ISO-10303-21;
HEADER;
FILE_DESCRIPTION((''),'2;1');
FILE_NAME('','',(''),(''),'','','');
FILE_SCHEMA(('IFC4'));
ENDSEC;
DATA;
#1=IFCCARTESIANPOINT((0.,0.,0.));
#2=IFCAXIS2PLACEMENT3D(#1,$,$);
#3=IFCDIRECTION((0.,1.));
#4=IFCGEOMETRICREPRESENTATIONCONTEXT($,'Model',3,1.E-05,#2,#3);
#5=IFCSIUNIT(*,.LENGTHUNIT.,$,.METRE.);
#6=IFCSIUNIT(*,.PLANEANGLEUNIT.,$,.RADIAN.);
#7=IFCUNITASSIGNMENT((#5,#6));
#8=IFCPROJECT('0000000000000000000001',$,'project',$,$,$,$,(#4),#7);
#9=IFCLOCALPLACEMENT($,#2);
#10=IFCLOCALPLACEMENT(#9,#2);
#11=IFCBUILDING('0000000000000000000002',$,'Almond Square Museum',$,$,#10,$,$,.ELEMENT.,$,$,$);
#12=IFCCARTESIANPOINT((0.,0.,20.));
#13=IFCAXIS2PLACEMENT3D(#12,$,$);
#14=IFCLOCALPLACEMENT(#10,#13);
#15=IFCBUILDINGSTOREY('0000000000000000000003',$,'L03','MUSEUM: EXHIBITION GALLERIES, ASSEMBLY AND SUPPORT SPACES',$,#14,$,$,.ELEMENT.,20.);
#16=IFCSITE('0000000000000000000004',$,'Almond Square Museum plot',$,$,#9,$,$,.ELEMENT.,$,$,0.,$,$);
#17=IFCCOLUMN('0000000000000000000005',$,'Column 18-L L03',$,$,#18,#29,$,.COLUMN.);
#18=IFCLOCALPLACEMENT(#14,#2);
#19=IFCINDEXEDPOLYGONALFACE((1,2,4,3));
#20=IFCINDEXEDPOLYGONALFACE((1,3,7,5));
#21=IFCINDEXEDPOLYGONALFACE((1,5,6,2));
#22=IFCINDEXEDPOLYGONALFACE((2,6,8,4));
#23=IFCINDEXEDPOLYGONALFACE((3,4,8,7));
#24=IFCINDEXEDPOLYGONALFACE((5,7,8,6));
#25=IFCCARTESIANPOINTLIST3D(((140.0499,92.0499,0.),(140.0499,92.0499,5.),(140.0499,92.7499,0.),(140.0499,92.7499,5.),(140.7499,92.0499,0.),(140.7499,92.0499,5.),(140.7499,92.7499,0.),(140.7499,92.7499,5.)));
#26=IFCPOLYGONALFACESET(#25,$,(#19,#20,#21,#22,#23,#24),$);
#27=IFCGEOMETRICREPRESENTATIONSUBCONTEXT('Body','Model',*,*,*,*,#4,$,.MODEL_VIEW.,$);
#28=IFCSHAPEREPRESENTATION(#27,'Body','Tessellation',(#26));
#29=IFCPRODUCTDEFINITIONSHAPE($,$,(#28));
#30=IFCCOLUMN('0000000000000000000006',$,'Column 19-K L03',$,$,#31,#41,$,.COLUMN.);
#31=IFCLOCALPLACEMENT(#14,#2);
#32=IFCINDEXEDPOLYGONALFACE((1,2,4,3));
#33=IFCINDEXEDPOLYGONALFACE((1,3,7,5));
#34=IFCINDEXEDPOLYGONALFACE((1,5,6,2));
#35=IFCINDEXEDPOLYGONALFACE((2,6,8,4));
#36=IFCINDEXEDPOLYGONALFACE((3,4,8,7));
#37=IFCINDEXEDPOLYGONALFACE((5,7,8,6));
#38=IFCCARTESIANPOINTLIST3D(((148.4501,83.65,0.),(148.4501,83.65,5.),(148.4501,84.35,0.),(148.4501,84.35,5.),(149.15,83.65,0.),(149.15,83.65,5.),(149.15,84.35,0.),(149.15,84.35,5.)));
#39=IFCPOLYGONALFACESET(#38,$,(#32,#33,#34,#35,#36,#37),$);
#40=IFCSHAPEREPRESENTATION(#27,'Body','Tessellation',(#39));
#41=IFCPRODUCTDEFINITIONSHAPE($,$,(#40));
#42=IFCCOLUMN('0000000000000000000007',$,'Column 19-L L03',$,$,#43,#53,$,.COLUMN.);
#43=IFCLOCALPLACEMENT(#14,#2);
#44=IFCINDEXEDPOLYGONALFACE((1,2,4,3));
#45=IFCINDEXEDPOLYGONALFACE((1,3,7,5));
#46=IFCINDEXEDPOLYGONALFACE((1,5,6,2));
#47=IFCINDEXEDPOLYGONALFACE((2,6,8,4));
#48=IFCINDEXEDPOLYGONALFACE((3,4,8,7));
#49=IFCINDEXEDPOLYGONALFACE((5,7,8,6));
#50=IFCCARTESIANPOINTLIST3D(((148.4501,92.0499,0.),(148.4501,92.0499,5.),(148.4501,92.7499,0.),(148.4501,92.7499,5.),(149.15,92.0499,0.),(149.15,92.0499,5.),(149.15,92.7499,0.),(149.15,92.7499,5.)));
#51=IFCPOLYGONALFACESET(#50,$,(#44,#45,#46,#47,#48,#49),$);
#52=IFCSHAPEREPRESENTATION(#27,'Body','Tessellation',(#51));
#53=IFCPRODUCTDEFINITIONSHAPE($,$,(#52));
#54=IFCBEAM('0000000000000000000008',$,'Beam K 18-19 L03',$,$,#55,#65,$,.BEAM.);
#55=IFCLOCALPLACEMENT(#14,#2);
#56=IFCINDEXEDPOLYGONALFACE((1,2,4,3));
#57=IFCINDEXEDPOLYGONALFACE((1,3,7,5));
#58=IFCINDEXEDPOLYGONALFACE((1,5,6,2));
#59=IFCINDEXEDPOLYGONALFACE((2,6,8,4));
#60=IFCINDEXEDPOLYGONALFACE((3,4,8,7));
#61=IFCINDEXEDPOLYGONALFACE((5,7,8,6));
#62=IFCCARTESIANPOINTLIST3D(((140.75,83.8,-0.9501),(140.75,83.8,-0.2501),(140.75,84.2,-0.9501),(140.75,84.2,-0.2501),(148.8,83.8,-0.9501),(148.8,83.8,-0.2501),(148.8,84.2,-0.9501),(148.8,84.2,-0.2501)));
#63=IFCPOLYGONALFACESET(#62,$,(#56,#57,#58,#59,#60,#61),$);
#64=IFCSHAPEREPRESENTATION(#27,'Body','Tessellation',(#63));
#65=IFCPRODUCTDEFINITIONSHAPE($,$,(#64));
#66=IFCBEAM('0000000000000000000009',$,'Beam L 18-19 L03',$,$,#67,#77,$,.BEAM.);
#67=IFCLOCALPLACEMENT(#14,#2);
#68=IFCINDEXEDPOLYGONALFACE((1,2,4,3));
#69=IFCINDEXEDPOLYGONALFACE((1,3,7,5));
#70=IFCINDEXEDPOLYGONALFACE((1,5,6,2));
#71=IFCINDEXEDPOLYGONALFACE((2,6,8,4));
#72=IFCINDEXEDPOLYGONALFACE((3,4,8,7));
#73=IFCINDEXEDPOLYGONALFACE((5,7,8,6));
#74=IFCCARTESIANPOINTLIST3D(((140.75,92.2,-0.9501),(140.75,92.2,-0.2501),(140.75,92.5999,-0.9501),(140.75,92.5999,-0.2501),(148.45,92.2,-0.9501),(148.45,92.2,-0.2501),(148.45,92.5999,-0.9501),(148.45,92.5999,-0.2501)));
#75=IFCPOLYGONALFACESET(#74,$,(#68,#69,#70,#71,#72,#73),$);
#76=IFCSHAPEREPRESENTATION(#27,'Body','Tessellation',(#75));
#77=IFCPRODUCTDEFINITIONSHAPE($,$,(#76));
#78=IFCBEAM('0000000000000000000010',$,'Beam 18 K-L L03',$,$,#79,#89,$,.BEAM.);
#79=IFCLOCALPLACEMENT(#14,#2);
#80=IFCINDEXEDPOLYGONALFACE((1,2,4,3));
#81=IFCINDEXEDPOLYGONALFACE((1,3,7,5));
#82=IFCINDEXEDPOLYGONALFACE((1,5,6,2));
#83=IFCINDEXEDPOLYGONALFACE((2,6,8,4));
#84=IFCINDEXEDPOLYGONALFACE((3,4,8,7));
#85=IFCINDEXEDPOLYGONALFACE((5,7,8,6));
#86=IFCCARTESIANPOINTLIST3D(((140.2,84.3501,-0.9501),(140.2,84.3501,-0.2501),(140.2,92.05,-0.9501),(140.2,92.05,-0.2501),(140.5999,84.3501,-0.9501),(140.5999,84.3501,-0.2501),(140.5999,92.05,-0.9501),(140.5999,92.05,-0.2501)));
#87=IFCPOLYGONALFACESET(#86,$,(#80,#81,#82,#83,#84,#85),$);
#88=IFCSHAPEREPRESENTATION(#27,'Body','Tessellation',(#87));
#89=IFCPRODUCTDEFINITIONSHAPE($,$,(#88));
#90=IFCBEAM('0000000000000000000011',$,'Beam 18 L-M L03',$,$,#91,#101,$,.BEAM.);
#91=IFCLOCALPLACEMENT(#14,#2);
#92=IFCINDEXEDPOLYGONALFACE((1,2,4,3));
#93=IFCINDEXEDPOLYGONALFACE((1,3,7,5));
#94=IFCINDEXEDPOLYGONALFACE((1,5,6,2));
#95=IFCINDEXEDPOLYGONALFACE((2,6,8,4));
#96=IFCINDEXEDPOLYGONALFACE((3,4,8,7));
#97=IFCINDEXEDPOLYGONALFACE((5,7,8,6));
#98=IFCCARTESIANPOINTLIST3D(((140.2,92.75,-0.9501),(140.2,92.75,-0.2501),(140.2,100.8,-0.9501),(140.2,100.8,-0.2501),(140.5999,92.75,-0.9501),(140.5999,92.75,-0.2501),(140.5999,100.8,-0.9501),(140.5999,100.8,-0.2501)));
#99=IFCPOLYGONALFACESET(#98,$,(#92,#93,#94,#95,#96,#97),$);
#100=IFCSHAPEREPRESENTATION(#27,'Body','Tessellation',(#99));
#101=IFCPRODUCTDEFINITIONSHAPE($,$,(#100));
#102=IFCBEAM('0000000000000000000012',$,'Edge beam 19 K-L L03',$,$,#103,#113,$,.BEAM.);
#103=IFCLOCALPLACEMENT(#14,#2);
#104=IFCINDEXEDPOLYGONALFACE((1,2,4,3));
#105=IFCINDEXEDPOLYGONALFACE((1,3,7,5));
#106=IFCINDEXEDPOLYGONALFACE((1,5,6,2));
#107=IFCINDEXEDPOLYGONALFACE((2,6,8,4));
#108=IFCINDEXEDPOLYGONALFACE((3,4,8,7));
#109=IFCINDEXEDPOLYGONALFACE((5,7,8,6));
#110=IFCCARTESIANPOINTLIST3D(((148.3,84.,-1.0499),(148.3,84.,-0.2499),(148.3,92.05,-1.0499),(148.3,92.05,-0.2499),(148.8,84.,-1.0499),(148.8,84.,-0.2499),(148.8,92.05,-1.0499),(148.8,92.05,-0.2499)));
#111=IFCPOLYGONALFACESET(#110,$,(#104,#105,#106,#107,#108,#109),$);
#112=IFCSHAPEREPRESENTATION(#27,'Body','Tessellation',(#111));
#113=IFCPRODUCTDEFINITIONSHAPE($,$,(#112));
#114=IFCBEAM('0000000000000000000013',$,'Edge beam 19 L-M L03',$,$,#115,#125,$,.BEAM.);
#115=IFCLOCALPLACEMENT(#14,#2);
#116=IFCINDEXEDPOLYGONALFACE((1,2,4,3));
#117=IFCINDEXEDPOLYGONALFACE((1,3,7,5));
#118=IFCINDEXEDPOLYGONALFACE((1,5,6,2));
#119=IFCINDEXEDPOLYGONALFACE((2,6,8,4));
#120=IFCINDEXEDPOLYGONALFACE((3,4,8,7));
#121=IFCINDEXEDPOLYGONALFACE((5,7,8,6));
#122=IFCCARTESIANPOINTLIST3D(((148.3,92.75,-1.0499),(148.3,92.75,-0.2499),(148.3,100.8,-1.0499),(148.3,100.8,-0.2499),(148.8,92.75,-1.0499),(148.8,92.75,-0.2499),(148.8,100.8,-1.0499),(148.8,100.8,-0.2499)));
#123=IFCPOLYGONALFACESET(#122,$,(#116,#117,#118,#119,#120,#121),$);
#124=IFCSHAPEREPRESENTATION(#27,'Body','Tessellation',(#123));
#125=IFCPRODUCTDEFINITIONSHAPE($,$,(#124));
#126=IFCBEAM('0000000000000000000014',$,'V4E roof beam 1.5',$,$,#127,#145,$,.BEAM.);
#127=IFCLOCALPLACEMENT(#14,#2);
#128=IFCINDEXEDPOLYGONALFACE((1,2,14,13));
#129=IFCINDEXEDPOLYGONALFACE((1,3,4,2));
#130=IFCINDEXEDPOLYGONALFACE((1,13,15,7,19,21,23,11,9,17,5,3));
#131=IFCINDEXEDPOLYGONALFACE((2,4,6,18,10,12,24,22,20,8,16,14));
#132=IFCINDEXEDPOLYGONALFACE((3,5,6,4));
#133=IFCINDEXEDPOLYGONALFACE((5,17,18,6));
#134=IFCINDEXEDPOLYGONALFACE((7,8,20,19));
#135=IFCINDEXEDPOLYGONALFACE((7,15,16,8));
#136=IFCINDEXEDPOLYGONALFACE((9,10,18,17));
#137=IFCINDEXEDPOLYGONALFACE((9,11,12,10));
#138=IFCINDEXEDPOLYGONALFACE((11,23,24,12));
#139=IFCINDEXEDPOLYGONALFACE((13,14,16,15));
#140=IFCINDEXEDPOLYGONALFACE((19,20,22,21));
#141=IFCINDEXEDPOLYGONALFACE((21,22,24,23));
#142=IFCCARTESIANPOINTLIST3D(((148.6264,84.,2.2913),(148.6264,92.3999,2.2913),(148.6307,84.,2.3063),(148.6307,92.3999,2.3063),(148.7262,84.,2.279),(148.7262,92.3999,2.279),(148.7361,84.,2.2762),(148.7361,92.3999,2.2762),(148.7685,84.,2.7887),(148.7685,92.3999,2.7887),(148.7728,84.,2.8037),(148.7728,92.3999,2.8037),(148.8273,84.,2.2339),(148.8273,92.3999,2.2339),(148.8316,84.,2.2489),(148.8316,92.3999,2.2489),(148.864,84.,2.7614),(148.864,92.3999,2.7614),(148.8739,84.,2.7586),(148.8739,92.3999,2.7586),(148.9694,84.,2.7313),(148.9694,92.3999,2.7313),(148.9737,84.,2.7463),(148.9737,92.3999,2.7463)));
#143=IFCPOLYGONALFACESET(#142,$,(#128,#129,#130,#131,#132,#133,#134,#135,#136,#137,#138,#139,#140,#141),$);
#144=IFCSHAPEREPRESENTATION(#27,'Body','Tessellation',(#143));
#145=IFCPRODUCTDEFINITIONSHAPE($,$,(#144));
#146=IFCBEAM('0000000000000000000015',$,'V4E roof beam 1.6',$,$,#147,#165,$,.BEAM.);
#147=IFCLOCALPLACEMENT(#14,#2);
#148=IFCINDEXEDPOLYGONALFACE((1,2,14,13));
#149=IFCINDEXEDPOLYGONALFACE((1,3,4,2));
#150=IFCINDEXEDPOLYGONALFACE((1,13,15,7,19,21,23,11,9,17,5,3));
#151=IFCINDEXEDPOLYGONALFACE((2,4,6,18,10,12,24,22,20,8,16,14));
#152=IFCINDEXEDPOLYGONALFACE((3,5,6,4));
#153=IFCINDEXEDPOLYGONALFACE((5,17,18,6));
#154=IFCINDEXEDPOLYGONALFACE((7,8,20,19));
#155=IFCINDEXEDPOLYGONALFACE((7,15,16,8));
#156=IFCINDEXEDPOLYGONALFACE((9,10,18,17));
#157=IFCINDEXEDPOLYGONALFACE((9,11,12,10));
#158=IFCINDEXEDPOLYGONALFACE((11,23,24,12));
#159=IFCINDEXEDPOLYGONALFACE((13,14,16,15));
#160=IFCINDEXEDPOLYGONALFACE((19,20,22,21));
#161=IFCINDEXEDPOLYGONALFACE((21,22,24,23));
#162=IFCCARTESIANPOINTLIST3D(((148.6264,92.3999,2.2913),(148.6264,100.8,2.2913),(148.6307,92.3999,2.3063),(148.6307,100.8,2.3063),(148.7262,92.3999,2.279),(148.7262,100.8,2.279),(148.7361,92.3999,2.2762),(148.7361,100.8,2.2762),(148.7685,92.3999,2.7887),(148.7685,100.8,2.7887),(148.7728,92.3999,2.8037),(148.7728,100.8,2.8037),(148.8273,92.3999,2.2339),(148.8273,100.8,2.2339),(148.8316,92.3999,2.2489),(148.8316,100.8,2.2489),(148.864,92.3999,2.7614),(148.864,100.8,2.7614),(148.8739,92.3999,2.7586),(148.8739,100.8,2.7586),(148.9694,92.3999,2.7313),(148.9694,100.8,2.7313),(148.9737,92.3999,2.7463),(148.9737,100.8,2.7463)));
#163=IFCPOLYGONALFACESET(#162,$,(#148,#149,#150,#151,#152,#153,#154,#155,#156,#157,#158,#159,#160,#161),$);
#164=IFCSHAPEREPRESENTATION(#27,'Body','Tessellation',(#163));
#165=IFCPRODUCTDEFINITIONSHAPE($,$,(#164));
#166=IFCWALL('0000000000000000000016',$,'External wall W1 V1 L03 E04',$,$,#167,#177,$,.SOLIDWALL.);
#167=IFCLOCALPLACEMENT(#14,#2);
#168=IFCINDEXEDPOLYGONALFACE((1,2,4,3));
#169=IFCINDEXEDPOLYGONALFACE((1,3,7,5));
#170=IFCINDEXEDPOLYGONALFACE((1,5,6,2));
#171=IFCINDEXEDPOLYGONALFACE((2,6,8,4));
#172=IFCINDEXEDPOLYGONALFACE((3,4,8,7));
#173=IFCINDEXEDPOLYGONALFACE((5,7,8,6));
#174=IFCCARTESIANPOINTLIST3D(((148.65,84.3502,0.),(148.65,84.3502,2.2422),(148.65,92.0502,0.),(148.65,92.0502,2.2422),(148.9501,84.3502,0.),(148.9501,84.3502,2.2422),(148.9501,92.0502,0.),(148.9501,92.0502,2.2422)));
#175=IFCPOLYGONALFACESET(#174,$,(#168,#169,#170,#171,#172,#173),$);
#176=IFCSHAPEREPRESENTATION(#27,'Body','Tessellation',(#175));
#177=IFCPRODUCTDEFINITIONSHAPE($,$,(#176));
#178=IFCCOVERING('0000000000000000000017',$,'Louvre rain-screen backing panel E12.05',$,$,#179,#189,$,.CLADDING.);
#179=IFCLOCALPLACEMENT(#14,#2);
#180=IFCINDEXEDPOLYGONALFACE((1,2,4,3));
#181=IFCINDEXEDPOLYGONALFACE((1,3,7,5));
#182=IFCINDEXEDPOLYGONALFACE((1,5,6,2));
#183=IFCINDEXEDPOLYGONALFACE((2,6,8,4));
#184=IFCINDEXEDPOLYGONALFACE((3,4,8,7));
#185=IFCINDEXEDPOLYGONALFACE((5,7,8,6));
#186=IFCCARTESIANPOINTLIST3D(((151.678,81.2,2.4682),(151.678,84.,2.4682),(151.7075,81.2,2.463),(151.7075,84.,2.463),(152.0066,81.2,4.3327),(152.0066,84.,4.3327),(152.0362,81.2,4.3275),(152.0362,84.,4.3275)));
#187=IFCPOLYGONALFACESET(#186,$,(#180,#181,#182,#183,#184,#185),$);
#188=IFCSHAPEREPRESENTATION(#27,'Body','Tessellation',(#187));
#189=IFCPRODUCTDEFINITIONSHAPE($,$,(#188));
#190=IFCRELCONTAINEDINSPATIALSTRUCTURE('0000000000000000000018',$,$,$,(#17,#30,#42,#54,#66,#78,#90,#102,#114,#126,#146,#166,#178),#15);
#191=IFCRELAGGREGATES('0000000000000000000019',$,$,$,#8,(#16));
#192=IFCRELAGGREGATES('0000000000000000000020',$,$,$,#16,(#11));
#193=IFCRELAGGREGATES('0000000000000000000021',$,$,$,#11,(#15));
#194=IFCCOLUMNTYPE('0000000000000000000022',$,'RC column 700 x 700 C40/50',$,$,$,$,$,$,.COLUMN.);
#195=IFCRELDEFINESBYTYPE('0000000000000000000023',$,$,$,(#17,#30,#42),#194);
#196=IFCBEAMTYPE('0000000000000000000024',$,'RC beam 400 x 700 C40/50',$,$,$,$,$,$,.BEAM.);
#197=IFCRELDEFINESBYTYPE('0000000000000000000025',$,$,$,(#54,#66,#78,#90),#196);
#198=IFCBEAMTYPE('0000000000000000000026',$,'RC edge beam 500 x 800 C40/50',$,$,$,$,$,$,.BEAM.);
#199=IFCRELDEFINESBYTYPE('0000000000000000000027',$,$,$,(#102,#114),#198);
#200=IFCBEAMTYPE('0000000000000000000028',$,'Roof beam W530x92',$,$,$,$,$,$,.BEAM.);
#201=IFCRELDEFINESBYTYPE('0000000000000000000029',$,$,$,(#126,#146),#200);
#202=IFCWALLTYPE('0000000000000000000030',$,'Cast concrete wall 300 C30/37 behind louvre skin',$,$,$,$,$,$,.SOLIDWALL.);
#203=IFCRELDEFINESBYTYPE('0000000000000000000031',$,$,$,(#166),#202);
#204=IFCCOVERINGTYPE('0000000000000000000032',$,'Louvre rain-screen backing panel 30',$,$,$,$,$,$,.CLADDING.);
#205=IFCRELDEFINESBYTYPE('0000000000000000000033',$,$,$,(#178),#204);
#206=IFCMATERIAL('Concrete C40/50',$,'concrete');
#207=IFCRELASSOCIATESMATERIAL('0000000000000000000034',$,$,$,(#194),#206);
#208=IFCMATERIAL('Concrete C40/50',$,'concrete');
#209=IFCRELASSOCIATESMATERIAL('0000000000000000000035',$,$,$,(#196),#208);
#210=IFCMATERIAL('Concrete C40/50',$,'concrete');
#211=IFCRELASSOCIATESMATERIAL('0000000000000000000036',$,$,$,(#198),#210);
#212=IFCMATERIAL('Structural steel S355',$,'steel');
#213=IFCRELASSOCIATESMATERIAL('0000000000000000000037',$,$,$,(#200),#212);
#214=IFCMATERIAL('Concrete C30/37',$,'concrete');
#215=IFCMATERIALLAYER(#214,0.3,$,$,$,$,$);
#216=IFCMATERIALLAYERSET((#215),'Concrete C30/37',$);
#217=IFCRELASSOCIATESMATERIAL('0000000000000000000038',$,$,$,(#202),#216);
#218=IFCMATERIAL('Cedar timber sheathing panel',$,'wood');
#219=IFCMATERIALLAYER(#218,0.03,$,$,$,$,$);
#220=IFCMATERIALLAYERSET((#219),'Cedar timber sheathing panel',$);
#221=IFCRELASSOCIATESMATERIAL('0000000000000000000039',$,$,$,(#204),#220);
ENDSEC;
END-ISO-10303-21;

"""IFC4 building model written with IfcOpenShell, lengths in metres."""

from ifc_helpers import new_model, si_unit, direction, frame, frame_2d, origin, origin_2d, place, context, subcontext, project, spatial, polyline, rectangle, i_section, outline, extrude, material, layer, layer_set, material_profile, profile_set, type_object, element, save


model = new_model("IFC4")

# Units and contexts
model_context = context("Model", 3, precision=1e-05, world=origin(), true_north=direction((0.0, 1.0)))
body_context = subcontext(model_context, "Body", "Model", "MODEL_VIEW")
ifc_project = project(units=[si_unit("LENGTHUNIT", "METRE"), si_unit("PLANEANGLEUNIT", "RADIAN")], contexts=[model_context])

# Site, building, storey
site_placement = place(None, origin())
site = spatial("IfcSite", under=ifc_project, at=site_placement, Name="Almond Square Museum plot", CompositionType="ELEMENT", RefElevation=0.0)
building_placement = place(site_placement, origin())
building = spatial("IfcBuilding", under=site, at=building_placement, Name="Almond Square Museum", CompositionType="ELEMENT")
storey_placement = place(building_placement, frame((0.0, 0.0, 20.0)))
storey = spatial("IfcBuildingStorey", under=building, at=storey_placement, Name="L03", Description="MUSEUM: EXHIBITION GALLERIES, ASSEMBLY AND SUPPORT SPACES", CompositionType="ELEMENT", Elevation=20.0)

# Columns
ifc_material_1 = material(Name="Concrete C40/50", Category="concrete")
ifc_material_profile_1 = material_profile(ifc_material_1, rectangle(XDim=0.7, YDim=0.7, at=origin_2d()))
ifc_profile_set_1 = profile_set([ifc_material_profile_1], Name="Concrete C40/50")
column_type = type_object("IfcColumnType", Name="RC column 700 x 700 C40/50", PredefinedType="COLUMN", material=ifc_profile_set_1)
for number, where, z_axis, x_axis, name in (
    (1, (140.3999, 92.3999, 0.0), (0.0, 0.0, 1.0), (1.0, 0.0, 0.0), "Column 18-L L03"),
    (2, (148.8, 84.0, 0.0), (0.0, 0.0, 1.0), (1.0, 0.0, 0.0), "Column 19-K L03"),
    (3, (148.8, 92.3999, 0.0), (0.0, 0.0, 1.0), (1.0, 0.0, 0.0), "Column 19-L L03"),
):
    element("IfcColumn", number, at=place(storey_placement, frame(where, z_axis=z_axis, x_axis=x_axis)), inside=storey, type_object=column_type, Name=name, PredefinedType="COLUMN", context=body_context, shape_type="SweptSolid", body=[
        extrude(rectangle(XDim=0.7, YDim=0.7, at=origin_2d()), origin(), (0.0, 0.0, 1.0), 5.0),
    ])

# Beams
ifc_material_2 = material(Name="Concrete C40/50", Category="concrete")
ifc_material_profile_2 = material_profile(ifc_material_2, rectangle(XDim=0.3999, YDim=0.7, at=origin_2d()))
ifc_profile_set_2 = profile_set([ifc_material_profile_2], Name="Concrete C40/50")
beam_type_1 = type_object("IfcBeamType", Name="RC beam 400 x 700 C40/50", PredefinedType="BEAM", material=ifc_profile_set_2)
beam_1_placement = place(storey_placement, frame((140.75, 84.0, -0.6001), z_axis=(1.0, 0.0, 0.0), x_axis=(0.0, 1.0, 0.0)))
element("IfcBeam", 4, at=beam_1_placement, inside=storey, type_object=beam_type_1, Name="Beam K 18-19 L03", PredefinedType="BEAM", context=body_context, shape_type="SweptSolid", body=[
    extrude(rectangle(XDim=0.3999, YDim=0.7, at=origin_2d()), origin(), (0.0, 0.0, 1.0), 8.05),
])
for number, where, z_axis, x_axis, name in (
    (5, (140.75, 92.3999, -0.6001), (1.0, 0.0, 0.0), (0.0, 1.0, 0.0), "Beam L 18-19 L03"),
    (6, (140.3999, 84.3501, -0.6001), (0.0, 1.0, 0.0), (-1.0, 0.0, 0.0), "Beam 18 K-L L03"),
):
    element("IfcBeam", number, at=place(storey_placement, frame(where, z_axis=z_axis, x_axis=x_axis)), inside=storey, type_object=beam_type_1, Name=name, PredefinedType="BEAM", context=body_context, shape_type="SweptSolid", body=[
        extrude(rectangle(XDim=0.3999, YDim=0.7, at=origin_2d()), origin(), (0.0, 0.0, 1.0), 7.7),
    ])
beam_2_placement = place(storey_placement, frame((140.3999, 92.75, -0.6001), z_axis=(0.0, 1.0, 0.0), x_axis=(-1.0, 0.0, 0.0)))
element("IfcBeam", 7, at=beam_2_placement, inside=storey, type_object=beam_type_1, Name="Beam 18 L-M L03", PredefinedType="BEAM", context=body_context, shape_type="SweptSolid", body=[
    extrude(rectangle(XDim=0.3999, YDim=0.7, at=origin_2d()), origin(), (0.0, 0.0, 1.0), 8.05),
])
ifc_material_3 = material(Name="Concrete C40/50", Category="concrete")
ifc_material_profile_3 = material_profile(ifc_material_3, rectangle(XDim=0.5, YDim=0.8, at=origin_2d()))
ifc_profile_set_3 = profile_set([ifc_material_profile_3], Name="Concrete C40/50")
beam_type_2 = type_object("IfcBeamType", Name="RC edge beam 500 x 800 C40/50", PredefinedType="BEAM", material=ifc_profile_set_3)
for number, where, z_axis, x_axis, name in (
    (8, (148.55, 84.0, -0.6499), (0.0, 1.0, 0.0), (-1.0, 0.0, 0.0), "Edge beam 19 K-L L03"),
    (9, (148.55, 92.75, -0.6499), (0.0, 1.0, 0.0), (-1.0, 0.0, 0.0), "Edge beam 19 L-M L03"),
):
    element("IfcBeam", number, at=place(storey_placement, frame(where, z_axis=z_axis, x_axis=x_axis)), inside=storey, type_object=beam_type_2, Name=name, PredefinedType="BEAM", context=body_context, shape_type="SweptSolid", body=[
        extrude(rectangle(XDim=0.5, YDim=0.8, at=origin_2d()), origin(), (0.0, 0.0, 1.0), 8.05),
    ])
ifc_material_4 = material(Name="Structural steel S355", Category="steel")
ifc_material_profile_4 = material_profile(ifc_material_4, i_section(OverallWidth=0.209, OverallDepth=0.533, WebThickness=0.0103, FlangeThickness=0.0156, at=origin_2d()))
ifc_profile_set_4 = profile_set([ifc_material_profile_4], Name="Structural steel S355")
beam_type_3 = type_object("IfcBeamType", Name="Roof beam W530x92", PredefinedType="BEAM", material=ifc_profile_set_4)
beam_3_placement = place(storey_placement, frame((148.8, 84.0, 2.5188), z_axis=(0.0, 1.0, 0.0), x_axis=(-0.961524, 0.0, 0.274721)))
element("IfcBeam", 10, at=beam_3_placement, inside=storey, type_object=beam_type_3, Name="V4E roof beam 1.5", PredefinedType="BEAM", context=body_context, shape_type="SweptSolid", body=[
    extrude(i_section(OverallWidth=0.209, OverallDepth=0.533, WebThickness=0.0103, FlangeThickness=0.0156, at=origin_2d()), origin(), (0.0, 0.0, 1.0), 8.3999),
])
beam_4_placement = place(storey_placement, frame((148.8, 92.3999, 2.5188), z_axis=(0.0, 1.0, 0.0), x_axis=(-0.961524, 0.0, 0.274721)))
element("IfcBeam", 11, at=beam_4_placement, inside=storey, type_object=beam_type_3, Name="V4E roof beam 1.6", PredefinedType="BEAM", context=body_context, shape_type="SweptSolid", body=[
    extrude(i_section(OverallWidth=0.209, OverallDepth=0.533, WebThickness=0.0103, FlangeThickness=0.0156, at=origin_2d()), origin(), (0.0, 0.0, 1.0), 8.4001),
])

# Wall
ifc_material_5 = material(Name="Concrete C30/37", Category="concrete")
ifc_layer_1 = layer(ifc_material_5, 0.3)
ifc_layer_set_1 = layer_set([ifc_layer_1], Name="Concrete C30/37")
wall_type_1 = type_object("IfcWallType", Name="Cast concrete wall 300 C30/37 behind louvre skin", PredefinedType="SOLIDWALL", material=ifc_layer_set_1)
wall_1_placement = place(storey_placement, frame((148.8, 84.3501, 0.0), z_axis=(0.0, 0.0, 1.0), x_axis=(0.0, 1.0, 0.0)))
element("IfcWall", 12, at=wall_1_placement, inside=storey, type_object=wall_type_1, Name="External wall W1 V1 L03 E04", PredefinedType="SOLIDWALL", context=body_context, shape_type="SweptSolid", body=[
    extrude(rectangle(XDim=7.7, YDim=0.3, at=frame_2d((3.8501, 0.0))), origin(), (0.0, 0.0, 1.0), 2.2422),
])

# Covering
ifc_material_6 = material(Name="Cedar timber sheathing panel", Category="wood")
ifc_layer_2 = layer(ifc_material_6, 0.03)
ifc_layer_set_2 = layer_set([ifc_layer_2], Name="Cedar timber sheathing panel")
covering_type = type_object("IfcCoveringType", Name="Louvre rain-screen backing panel 30", PredefinedType="CLADDING", material=ifc_layer_set_2)
for number, where, z_axis, x_axis, name in (
    (13, (151.6929, 81.2, 2.4656), (0.984821, 0.0, -0.173572), (0.0, 1.0, 0.0), "Louvre rain-screen backing panel E12.05"),
):
    element("IfcCovering", number, at=place(storey_placement, frame(where, z_axis=z_axis, x_axis=x_axis)), inside=storey, type_object=covering_type, Name=name, PredefinedType="CLADDING", context=body_context, shape_type="SweptSolid", body=[
        extrude(outline(polyline([(0.0, 0.0), (2.8, 0.0), (2.8, 1.8932), (0.0, 1.8932), (0.0, 0.0)])), frame((0.0, 0.0, -0.0151)), (0.0, 0.0, 1.0), 0.03),
    ])

save(model, "model.ifc")
